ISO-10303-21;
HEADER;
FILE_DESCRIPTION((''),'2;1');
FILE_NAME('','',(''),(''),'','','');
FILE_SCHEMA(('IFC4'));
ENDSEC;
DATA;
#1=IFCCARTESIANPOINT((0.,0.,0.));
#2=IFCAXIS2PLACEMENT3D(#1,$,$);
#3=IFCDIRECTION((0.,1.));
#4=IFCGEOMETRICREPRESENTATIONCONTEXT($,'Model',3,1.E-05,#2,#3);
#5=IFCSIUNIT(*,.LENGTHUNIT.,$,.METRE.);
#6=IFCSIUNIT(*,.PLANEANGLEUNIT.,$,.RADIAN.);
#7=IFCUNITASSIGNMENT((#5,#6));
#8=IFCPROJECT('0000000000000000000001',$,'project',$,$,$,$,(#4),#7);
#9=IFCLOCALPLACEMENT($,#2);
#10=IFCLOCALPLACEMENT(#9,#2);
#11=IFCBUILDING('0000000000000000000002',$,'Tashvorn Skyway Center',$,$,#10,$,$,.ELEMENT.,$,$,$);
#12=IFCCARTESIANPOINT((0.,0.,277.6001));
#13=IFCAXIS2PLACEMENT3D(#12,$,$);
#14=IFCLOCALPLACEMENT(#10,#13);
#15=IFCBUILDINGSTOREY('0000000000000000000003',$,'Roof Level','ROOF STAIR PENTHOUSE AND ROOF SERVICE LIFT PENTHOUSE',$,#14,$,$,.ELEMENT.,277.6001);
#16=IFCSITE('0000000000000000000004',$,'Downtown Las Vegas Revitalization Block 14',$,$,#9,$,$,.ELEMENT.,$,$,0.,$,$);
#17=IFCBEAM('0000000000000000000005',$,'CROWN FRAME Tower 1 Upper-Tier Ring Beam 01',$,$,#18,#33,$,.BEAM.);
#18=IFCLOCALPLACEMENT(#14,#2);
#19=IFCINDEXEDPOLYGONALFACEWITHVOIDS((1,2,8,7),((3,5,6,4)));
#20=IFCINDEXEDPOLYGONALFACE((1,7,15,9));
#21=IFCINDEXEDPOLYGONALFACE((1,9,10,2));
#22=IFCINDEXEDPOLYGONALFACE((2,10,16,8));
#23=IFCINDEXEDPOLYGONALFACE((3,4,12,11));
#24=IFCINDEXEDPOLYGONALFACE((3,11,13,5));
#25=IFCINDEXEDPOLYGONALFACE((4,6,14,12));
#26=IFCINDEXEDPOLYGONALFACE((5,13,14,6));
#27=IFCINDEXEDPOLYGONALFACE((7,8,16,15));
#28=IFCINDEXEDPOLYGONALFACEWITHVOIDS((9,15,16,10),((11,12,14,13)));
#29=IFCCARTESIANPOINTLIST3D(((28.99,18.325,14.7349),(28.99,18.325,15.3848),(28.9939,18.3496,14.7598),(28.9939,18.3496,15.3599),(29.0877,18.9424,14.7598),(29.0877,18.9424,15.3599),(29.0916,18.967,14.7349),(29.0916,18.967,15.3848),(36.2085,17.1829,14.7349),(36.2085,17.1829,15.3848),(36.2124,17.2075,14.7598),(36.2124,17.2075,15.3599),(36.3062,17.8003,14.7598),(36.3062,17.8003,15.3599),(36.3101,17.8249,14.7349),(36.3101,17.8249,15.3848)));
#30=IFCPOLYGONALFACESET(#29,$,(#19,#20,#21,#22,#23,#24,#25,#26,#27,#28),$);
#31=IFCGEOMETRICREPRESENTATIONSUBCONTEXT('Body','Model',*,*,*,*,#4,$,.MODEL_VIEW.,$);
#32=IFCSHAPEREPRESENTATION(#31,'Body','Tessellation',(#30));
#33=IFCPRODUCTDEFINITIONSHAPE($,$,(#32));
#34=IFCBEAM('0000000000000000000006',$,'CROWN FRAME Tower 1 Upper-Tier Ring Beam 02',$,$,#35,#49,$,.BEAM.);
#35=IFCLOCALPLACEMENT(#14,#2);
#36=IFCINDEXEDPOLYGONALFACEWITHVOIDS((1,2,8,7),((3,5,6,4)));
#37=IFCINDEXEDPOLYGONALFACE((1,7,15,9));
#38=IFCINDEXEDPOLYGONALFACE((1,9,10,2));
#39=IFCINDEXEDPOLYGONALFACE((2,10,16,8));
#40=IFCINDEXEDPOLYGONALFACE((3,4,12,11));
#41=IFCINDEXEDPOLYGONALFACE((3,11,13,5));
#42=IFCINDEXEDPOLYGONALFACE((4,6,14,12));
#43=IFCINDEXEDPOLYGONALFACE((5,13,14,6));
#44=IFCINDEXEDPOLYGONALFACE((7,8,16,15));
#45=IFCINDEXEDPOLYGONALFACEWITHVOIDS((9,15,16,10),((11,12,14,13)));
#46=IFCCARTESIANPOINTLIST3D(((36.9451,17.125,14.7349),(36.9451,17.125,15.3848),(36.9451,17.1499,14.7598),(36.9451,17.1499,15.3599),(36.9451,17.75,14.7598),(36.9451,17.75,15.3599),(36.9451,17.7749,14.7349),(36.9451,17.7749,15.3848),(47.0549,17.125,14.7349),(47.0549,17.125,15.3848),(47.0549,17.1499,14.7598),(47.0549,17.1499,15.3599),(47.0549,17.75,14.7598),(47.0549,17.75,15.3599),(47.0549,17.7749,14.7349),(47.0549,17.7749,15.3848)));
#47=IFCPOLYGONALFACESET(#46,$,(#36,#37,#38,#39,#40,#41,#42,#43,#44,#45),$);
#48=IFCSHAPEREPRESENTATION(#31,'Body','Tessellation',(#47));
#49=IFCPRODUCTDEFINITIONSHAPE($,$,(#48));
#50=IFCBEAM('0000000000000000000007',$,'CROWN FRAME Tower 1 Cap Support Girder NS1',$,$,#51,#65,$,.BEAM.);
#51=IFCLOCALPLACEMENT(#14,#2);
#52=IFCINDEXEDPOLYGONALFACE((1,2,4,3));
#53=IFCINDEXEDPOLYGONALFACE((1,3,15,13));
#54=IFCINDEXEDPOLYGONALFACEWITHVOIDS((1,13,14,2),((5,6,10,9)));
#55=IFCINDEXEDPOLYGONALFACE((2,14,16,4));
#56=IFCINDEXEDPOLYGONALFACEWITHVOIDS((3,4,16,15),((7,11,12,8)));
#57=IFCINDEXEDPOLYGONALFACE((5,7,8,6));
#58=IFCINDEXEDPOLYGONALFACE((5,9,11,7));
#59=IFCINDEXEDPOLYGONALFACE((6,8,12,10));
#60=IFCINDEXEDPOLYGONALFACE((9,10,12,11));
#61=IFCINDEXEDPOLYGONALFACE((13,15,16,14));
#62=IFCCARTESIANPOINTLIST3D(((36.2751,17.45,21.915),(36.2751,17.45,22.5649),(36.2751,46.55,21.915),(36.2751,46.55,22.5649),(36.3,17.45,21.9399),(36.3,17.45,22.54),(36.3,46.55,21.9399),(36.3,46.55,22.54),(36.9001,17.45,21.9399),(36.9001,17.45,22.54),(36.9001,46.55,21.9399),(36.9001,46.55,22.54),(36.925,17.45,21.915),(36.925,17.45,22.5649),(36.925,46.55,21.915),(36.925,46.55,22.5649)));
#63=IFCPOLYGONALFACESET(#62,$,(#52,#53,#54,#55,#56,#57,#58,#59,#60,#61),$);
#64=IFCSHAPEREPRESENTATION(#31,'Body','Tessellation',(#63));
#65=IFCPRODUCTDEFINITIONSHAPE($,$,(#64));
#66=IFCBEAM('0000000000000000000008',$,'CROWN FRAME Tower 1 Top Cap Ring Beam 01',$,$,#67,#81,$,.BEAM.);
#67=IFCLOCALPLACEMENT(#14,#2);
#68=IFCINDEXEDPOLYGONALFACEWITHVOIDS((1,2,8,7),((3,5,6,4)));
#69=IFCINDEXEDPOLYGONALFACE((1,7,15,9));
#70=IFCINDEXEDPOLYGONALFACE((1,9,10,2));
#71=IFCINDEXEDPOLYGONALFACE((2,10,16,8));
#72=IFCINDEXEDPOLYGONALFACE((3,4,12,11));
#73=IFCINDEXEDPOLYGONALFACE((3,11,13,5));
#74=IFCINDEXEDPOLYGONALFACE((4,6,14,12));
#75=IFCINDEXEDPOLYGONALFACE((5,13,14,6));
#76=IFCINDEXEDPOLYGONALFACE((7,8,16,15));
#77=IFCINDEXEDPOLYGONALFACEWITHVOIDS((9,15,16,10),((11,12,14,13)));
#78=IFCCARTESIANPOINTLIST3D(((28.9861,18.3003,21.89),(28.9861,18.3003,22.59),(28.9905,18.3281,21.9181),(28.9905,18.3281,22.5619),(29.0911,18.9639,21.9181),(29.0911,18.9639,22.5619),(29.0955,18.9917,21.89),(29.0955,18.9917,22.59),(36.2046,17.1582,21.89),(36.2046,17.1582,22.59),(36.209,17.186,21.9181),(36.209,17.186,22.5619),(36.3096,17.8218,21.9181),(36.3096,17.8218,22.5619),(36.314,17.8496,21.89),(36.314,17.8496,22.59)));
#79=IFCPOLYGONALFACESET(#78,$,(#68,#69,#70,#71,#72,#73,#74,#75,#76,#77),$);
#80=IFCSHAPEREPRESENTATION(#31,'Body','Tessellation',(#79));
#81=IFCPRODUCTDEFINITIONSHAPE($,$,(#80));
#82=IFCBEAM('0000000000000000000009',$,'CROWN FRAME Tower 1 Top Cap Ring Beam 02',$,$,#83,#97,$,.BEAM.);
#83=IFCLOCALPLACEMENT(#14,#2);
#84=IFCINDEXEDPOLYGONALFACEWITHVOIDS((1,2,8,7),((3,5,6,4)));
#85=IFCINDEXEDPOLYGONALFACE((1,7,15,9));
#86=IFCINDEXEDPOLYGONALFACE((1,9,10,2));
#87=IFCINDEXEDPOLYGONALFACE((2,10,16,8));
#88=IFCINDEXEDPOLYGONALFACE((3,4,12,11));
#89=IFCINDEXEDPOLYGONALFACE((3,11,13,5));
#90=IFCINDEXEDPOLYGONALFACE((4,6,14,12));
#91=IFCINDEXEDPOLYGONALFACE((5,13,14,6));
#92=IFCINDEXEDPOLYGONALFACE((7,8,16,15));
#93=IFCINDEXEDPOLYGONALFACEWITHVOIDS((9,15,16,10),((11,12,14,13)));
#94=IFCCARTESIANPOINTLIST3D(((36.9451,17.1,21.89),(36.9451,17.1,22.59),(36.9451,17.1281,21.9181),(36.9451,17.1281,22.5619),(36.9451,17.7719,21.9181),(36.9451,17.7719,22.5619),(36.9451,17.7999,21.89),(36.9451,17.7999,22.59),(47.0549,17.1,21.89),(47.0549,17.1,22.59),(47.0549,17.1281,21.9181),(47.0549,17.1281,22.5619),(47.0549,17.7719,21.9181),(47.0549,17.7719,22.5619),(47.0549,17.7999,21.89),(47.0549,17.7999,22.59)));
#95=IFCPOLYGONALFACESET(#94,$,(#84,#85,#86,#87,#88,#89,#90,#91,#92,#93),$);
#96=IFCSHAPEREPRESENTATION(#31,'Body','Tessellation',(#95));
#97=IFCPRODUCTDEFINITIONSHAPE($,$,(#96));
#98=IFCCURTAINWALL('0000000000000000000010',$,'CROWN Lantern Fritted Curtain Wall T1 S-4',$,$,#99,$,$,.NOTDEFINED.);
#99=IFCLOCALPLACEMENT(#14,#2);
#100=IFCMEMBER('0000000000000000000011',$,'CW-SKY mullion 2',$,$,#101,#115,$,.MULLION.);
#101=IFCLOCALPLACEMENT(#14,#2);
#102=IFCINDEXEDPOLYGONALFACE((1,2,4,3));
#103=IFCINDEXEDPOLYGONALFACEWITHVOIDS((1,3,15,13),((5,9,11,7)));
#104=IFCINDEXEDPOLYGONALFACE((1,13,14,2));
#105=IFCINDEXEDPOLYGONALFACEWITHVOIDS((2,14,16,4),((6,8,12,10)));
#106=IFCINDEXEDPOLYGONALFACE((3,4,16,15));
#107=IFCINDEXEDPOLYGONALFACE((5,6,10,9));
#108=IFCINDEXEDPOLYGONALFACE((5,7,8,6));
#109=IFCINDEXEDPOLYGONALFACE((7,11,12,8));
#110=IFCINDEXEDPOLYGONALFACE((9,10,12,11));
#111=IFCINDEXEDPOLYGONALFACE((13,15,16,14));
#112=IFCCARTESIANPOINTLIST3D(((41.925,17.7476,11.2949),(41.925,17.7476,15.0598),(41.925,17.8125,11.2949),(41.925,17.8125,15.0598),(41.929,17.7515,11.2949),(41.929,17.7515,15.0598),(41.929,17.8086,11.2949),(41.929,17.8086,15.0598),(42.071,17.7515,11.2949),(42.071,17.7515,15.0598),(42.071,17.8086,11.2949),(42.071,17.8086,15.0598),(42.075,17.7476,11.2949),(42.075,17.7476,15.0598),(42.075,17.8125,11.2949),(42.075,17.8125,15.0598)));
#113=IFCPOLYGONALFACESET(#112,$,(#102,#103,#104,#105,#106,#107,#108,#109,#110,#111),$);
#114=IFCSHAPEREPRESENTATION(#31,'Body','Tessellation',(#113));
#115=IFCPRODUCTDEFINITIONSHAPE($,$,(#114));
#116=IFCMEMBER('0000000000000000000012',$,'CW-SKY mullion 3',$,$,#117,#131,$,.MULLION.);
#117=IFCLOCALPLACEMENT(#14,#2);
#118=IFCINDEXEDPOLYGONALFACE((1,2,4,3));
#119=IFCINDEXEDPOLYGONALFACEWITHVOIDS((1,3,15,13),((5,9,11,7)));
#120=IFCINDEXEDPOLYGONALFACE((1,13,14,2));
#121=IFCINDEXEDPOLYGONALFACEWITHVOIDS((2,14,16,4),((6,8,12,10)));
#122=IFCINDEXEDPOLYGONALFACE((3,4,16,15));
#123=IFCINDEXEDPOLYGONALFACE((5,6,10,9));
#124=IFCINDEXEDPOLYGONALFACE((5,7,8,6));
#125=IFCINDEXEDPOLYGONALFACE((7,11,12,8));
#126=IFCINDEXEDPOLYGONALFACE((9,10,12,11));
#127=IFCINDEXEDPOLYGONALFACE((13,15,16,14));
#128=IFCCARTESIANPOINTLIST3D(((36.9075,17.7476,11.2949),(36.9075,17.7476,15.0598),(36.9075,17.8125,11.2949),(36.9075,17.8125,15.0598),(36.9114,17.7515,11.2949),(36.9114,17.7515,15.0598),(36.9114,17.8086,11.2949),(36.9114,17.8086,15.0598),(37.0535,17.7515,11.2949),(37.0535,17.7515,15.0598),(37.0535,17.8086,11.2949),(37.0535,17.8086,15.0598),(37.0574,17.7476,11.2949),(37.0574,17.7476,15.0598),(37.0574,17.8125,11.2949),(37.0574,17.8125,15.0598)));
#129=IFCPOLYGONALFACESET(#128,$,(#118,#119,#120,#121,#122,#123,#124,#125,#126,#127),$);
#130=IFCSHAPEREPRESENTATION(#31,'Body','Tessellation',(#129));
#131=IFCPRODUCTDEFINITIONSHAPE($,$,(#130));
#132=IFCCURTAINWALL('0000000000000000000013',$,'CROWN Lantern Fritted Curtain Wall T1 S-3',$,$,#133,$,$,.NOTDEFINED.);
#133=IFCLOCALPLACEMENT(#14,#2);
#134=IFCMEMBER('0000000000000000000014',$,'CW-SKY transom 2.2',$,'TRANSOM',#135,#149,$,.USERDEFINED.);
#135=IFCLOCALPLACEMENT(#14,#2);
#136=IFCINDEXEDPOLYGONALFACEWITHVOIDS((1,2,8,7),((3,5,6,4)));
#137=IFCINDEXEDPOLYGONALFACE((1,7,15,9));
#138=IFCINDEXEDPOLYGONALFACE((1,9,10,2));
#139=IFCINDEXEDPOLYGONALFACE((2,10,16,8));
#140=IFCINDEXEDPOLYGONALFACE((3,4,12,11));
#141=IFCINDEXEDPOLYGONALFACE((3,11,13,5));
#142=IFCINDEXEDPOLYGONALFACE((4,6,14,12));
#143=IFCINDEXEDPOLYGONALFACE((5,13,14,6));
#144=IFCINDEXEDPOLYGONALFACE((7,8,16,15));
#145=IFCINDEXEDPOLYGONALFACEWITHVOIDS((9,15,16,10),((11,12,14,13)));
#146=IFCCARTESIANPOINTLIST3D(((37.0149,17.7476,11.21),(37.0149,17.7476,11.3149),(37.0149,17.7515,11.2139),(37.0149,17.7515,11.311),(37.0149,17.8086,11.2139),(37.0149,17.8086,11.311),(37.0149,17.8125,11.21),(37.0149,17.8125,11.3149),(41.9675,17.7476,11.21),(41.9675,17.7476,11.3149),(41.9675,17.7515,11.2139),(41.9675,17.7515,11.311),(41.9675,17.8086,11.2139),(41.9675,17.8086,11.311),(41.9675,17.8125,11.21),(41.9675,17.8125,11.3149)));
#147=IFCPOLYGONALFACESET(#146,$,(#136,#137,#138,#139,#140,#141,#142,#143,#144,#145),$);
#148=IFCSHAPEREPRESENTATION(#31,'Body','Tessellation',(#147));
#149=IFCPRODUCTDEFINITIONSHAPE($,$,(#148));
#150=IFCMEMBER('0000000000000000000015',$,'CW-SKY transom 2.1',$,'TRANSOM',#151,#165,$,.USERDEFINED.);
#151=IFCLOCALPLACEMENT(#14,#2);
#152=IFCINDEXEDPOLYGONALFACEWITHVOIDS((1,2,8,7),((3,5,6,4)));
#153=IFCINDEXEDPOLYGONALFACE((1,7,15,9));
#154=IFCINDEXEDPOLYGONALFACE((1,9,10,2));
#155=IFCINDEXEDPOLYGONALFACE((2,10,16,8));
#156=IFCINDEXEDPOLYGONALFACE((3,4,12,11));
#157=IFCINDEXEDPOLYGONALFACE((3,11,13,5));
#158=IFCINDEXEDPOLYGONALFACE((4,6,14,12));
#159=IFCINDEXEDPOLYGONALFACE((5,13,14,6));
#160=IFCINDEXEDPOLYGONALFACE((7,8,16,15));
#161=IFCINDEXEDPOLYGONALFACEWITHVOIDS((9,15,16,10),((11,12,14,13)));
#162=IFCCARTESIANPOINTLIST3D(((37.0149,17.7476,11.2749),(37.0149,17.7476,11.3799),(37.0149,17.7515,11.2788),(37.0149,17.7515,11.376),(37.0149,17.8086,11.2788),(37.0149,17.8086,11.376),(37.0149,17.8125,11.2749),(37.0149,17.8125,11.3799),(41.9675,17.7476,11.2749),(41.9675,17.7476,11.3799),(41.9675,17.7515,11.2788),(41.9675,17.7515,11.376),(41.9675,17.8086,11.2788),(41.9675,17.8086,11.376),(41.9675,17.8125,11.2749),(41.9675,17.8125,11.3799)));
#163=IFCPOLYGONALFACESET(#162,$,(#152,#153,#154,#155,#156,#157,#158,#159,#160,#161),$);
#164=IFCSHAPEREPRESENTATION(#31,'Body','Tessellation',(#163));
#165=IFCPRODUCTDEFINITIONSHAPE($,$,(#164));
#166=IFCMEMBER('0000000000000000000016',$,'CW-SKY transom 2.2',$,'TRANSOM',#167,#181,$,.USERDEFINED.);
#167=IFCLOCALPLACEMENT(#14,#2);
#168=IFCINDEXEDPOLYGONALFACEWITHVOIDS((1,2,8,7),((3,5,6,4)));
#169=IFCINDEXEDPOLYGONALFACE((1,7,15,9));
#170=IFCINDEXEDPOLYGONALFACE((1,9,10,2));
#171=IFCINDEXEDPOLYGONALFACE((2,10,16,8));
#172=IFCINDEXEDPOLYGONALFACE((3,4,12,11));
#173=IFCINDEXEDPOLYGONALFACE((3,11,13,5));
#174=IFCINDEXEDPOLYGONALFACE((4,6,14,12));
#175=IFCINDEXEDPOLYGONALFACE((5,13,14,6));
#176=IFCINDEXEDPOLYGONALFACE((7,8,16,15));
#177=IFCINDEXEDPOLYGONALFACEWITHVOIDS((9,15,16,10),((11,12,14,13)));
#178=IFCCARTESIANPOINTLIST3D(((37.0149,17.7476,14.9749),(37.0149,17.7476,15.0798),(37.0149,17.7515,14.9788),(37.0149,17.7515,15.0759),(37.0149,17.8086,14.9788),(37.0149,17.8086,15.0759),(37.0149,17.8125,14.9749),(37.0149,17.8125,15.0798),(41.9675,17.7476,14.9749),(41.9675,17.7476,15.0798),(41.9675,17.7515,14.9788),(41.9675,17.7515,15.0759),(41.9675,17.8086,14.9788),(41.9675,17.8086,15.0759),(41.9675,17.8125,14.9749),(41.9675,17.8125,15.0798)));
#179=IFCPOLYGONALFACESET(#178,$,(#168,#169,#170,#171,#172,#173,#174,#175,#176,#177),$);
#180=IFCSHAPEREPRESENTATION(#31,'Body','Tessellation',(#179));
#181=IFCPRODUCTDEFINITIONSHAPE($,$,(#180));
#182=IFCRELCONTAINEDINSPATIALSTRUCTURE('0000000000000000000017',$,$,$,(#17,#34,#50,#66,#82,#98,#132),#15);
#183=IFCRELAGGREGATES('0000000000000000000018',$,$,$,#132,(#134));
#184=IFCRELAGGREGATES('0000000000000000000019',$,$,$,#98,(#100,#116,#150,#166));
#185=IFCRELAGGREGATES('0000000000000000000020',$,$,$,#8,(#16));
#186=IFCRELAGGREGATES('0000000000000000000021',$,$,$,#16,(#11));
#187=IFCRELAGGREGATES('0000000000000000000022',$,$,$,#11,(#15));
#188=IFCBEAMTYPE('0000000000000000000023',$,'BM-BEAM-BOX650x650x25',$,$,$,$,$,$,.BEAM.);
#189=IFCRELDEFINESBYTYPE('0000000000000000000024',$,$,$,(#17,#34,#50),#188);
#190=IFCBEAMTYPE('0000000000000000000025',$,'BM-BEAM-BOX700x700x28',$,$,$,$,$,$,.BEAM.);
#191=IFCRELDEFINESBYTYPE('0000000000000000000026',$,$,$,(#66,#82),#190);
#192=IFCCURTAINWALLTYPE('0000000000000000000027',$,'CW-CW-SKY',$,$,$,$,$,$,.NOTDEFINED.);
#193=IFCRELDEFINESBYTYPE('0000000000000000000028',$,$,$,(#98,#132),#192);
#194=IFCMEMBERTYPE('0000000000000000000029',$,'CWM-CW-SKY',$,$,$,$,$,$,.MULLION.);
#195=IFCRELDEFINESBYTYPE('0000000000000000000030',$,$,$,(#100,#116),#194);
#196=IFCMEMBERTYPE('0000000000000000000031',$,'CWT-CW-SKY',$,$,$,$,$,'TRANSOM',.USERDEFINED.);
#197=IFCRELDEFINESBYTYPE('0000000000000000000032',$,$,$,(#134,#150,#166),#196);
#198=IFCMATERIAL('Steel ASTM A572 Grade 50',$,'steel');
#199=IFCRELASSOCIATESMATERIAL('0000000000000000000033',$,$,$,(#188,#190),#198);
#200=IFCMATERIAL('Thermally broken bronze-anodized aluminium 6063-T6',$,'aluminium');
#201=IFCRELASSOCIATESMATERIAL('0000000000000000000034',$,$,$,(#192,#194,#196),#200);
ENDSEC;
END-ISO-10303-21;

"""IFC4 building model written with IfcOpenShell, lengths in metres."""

from ifc_helpers import new_model, si_unit, direction, frame, origin, origin_2d, place, context, subcontext, project, spatial, hollow_rectangle, extrude, material, material_profile, profile_set, type_object, element, aggregate, save


model = new_model("IFC4")

# Units and contexts
model_context = context("Model", 3, precision=1e-05, world=origin(), true_north=direction((0.0, 1.0)))
body_context = subcontext(model_context, "Body", "Model", "MODEL_VIEW")
ifc_project = project(units=[si_unit("LENGTHUNIT", "METRE"), si_unit("PLANEANGLEUNIT", "RADIAN")], contexts=[model_context])

# Site, building, storey
site_placement = place(None, origin())
site = spatial("IfcSite", under=ifc_project, at=site_placement, Name="Downtown Las Vegas Revitalization Block 14", CompositionType="ELEMENT", RefElevation=0.0)
building_placement = place(site_placement, origin())
building = spatial("IfcBuilding", under=site, at=building_placement, Name="Tashvorn Skyway Center", CompositionType="ELEMENT")
storey_placement = place(building_placement, frame((0.0, 0.0, 277.6001)))
storey = spatial("IfcBuildingStorey", under=building, at=storey_placement, Name="Roof Level", Description="ROOF STAIR PENTHOUSE AND ROOF SERVICE LIFT PENTHOUSE", CompositionType="ELEMENT", Elevation=277.6001)

# Beams
ifc_material_1 = material(Name="Steel ASTM A572 Grade 50", Category="steel")
ifc_material_profile_1 = material_profile(ifc_material_1, hollow_rectangle(XDim=0.6499, YDim=0.6499, WallThickness=0.0249, at=origin_2d()), Name="BOX650x650x25")
ifc_profile_set_1 = profile_set([ifc_material_profile_1], Name="Steel ASTM A572 Grade 50")
beam_type_1 = type_object("IfcBeamType", Name="BM-BEAM-BOX650x650x25", PredefinedType="BEAM", material=ifc_profile_set_1)
beam_1_placement = place(storey_placement, frame((29.0408, 18.646, 15.0598), z_axis=(0.987714, -0.156273, 0.0), x_axis=(0.156273, 0.987714, 0.0)))
element("IfcBeam", 1, at=beam_1_placement, inside=storey, type_object=beam_type_1, Name="CROWN FRAME Tower 1 Upper-Tier Ring Beam 01", PredefinedType="BEAM", context=body_context, shape_type="SweptSolid", body=[
    extrude(hollow_rectangle(XDim=0.6499, YDim=0.6499, WallThickness=0.0249, at=origin_2d()), origin(), (0.0, 0.0, 1.0), 7.3083),
])
beam_2_placement = place(storey_placement, frame((36.9451, 17.45, 15.0598), z_axis=(1.0, 0.0, 0.0), x_axis=(0.0, 1.0, 0.0)))
element("IfcBeam", 2, at=beam_2_placement, inside=storey, type_object=beam_type_1, Name="CROWN FRAME Tower 1 Upper-Tier Ring Beam 02", PredefinedType="BEAM", context=body_context, shape_type="SweptSolid", body=[
    extrude(hollow_rectangle(XDim=0.6499, YDim=0.6499, WallThickness=0.0249, at=origin_2d()), origin(), (0.0, 0.0, 1.0), 10.1099),
])
beam_3_placement = place(storey_placement, frame((36.6001, 17.45, 22.24), z_axis=(0.0, 1.0, 0.0), x_axis=(-1.0, 0.0, 0.0)))
element("IfcBeam", 3, at=beam_3_placement, inside=storey, type_object=beam_type_1, Name="CROWN FRAME Tower 1 Cap Support Girder NS1", PredefinedType="BEAM", context=body_context, shape_type="SweptSolid", body=[
    extrude(hollow_rectangle(XDim=0.6499, YDim=0.6499, WallThickness=0.0249, at=origin_2d()), origin(), (0.0, 0.0, 1.0), 29.1001),
])
ifc_material_profile_2 = material_profile(ifc_material_1, hollow_rectangle(XDim=0.7, YDim=0.7, WallThickness=0.0281, at=origin_2d()), Name="BOX700x700x28")
ifc_profile_set_2 = profile_set([ifc_material_profile_2], Name="Steel ASTM A572 Grade 50")
beam_type_2 = type_object("IfcBeamType", Name="BM-BEAM-BOX700x700x28", PredefinedType="BEAM", material=ifc_profile_set_2)
beam_4_placement = place(storey_placement, frame((29.0408, 18.646, 22.24), z_axis=(0.987714, -0.156273, 0.0), x_axis=(0.156273, 0.987714, 0.0)))
element("IfcBeam", 4, at=beam_4_placement, inside=storey, type_object=beam_type_2, Name="CROWN FRAME Tower 1 Top Cap Ring Beam 01", PredefinedType="BEAM", context=body_context, shape_type="SweptSolid", body=[
    extrude(hollow_rectangle(XDim=0.7, YDim=0.7, WallThickness=0.0281, at=origin_2d()), origin(), (0.0, 0.0, 1.0), 7.3083),
])
beam_5_placement = place(storey_placement, frame((36.9451, 17.45, 22.24), z_axis=(1.0, 0.0, 0.0), x_axis=(0.0, 1.0, 0.0)))
element("IfcBeam", 5, at=beam_5_placement, inside=storey, type_object=beam_type_2, Name="CROWN FRAME Tower 1 Top Cap Ring Beam 02", PredefinedType="BEAM", context=body_context, shape_type="SweptSolid", body=[
    extrude(hollow_rectangle(XDim=0.7, YDim=0.7, WallThickness=0.0281, at=origin_2d()), origin(), (0.0, 0.0, 1.0), 10.1099),
])

# Curtain wall, members
ifc_material_2 = material(Name="Thermally broken bronze-anodized aluminium 6063-T6", Category="aluminium")
curtain_wall_type = type_object("IfcCurtainWallType", Name="CW-CW-SKY", PredefinedType="NOTDEFINED", material=ifc_material_2)
curtain_wall_1_placement = place(storey_placement, origin())
curtain_wall_1 = element("IfcCurtainWall", 6, at=curtain_wall_1_placement, inside=storey, type_object=curtain_wall_type, Name="CROWN Lantern Fritted Curtain Wall T1 S-4", PredefinedType="NOTDEFINED")
ifc_material_profile_3 = material_profile(ifc_material_2, hollow_rectangle(XDim=0.0649, YDim=0.1499, WallThickness=0.0039, at=origin_2d()), Name="ALU-MULL-65x150")
ifc_profile_set_3 = profile_set([ifc_material_profile_3], Name="Thermally broken bronze-anodized aluminium 6063-T6")
member_type_1 = type_object("IfcMemberType", Name="CWM-CW-SKY", PredefinedType="MULLION", material=ifc_profile_set_3)
member_1_placement = place(storey_placement, frame((42.0, 17.78, 11.2949), z_axis=(0.0, 0.0, 1.0), x_axis=(0.0, -1.0, 0.0)))
member_1 = element("IfcMember", 7, at=member_1_placement, type_object=member_type_1, Name="CW-SKY mullion 2", PredefinedType="MULLION", context=body_context, shape_type="SweptSolid", body=[
    extrude(hollow_rectangle(XDim=0.0649, YDim=0.1499, WallThickness=0.0039, at=origin_2d()), origin(), (0.0, 0.0, 1.0), 3.7649),
])
member_2_placement = place(storey_placement, frame((36.9824, 17.78, 11.2949), z_axis=(0.0, 0.0, 1.0), x_axis=(0.0, -1.0, 0.0)))
member_2 = element("IfcMember", 8, at=member_2_placement, type_object=member_type_1, Name="CW-SKY mullion 3", PredefinedType="MULLION", context=body_context, shape_type="SweptSolid", body=[
    extrude(hollow_rectangle(XDim=0.0649, YDim=0.1499, WallThickness=0.0039, at=origin_2d()), origin(), (0.0, 0.0, 1.0), 3.7649),
])

# Curtain wall, member
curtain_wall_2_placement = place(storey_placement, origin())
curtain_wall_2 = element("IfcCurtainWall", 9, at=curtain_wall_2_placement, inside=storey, type_object=curtain_wall_type, Name="CROWN Lantern Fritted Curtain Wall T1 S-3", PredefinedType="NOTDEFINED")
ifc_material_profile_4 = material_profile(ifc_material_2, hollow_rectangle(XDim=0.0649, YDim=0.105, WallThickness=0.0039, at=origin_2d()), Name="ALU-TRAN-65x105")
ifc_profile_set_4 = profile_set([ifc_material_profile_4], Name="Thermally broken bronze-anodized aluminium 6063-T6")
member_type_2 = type_object("IfcMemberType", Name="CWT-CW-SKY", ElementType="TRANSOM", PredefinedType="USERDEFINED", material=ifc_profile_set_4)
member_3_placement = place(storey_placement, frame((41.9675, 17.78, 11.2625), z_axis=(-1.0, 0.0, 0.0), x_axis=(0.0, -1.0, 0.0)))
member_3 = element("IfcMember", 10, at=member_3_placement, type_object=member_type_2, Name="CW-SKY transom 2.2", ObjectType="TRANSOM", PredefinedType="USERDEFINED", context=body_context, shape_type="SweptSolid", body=[
    extrude(hollow_rectangle(XDim=0.0649, YDim=0.105, WallThickness=0.0039, at=origin_2d()), origin(), (0.0, 0.0, 1.0), 4.9526),
])

# Members
member_4_placement = place(storey_placement, frame((41.9675, 17.78, 11.3274), z_axis=(-1.0, 0.0, 0.0), x_axis=(0.0, -1.0, 0.0)))
member_4 = element("IfcMember", 11, at=member_4_placement, type_object=member_type_2, Name="CW-SKY transom 2.1", ObjectType="TRANSOM", PredefinedType="USERDEFINED", context=body_context, shape_type="SweptSolid", body=[
    extrude(hollow_rectangle(XDim=0.0649, YDim=0.105, WallThickness=0.0039, at=origin_2d()), origin(), (0.0, 0.0, 1.0), 4.9526),
])
member_5_placement = place(storey_placement, frame((41.9675, 17.78, 15.0273), z_axis=(-1.0, 0.0, 0.0), x_axis=(0.0, -1.0, 0.0)))
member_5 = element("IfcMember", 12, at=member_5_placement, type_object=member_type_2, Name="CW-SKY transom 2.2", ObjectType="TRANSOM", PredefinedType="USERDEFINED", context=body_context, shape_type="SweptSolid", body=[
    extrude(hollow_rectangle(XDim=0.0649, YDim=0.105, WallThickness=0.0039, at=origin_2d()), origin(), (0.0, 0.0, 1.0), 4.9526),
])

aggregate(curtain_wall_2, [member_3])
aggregate(curtain_wall_1, [member_1, member_2, member_4, member_5])

save(model, "model.ifc")
